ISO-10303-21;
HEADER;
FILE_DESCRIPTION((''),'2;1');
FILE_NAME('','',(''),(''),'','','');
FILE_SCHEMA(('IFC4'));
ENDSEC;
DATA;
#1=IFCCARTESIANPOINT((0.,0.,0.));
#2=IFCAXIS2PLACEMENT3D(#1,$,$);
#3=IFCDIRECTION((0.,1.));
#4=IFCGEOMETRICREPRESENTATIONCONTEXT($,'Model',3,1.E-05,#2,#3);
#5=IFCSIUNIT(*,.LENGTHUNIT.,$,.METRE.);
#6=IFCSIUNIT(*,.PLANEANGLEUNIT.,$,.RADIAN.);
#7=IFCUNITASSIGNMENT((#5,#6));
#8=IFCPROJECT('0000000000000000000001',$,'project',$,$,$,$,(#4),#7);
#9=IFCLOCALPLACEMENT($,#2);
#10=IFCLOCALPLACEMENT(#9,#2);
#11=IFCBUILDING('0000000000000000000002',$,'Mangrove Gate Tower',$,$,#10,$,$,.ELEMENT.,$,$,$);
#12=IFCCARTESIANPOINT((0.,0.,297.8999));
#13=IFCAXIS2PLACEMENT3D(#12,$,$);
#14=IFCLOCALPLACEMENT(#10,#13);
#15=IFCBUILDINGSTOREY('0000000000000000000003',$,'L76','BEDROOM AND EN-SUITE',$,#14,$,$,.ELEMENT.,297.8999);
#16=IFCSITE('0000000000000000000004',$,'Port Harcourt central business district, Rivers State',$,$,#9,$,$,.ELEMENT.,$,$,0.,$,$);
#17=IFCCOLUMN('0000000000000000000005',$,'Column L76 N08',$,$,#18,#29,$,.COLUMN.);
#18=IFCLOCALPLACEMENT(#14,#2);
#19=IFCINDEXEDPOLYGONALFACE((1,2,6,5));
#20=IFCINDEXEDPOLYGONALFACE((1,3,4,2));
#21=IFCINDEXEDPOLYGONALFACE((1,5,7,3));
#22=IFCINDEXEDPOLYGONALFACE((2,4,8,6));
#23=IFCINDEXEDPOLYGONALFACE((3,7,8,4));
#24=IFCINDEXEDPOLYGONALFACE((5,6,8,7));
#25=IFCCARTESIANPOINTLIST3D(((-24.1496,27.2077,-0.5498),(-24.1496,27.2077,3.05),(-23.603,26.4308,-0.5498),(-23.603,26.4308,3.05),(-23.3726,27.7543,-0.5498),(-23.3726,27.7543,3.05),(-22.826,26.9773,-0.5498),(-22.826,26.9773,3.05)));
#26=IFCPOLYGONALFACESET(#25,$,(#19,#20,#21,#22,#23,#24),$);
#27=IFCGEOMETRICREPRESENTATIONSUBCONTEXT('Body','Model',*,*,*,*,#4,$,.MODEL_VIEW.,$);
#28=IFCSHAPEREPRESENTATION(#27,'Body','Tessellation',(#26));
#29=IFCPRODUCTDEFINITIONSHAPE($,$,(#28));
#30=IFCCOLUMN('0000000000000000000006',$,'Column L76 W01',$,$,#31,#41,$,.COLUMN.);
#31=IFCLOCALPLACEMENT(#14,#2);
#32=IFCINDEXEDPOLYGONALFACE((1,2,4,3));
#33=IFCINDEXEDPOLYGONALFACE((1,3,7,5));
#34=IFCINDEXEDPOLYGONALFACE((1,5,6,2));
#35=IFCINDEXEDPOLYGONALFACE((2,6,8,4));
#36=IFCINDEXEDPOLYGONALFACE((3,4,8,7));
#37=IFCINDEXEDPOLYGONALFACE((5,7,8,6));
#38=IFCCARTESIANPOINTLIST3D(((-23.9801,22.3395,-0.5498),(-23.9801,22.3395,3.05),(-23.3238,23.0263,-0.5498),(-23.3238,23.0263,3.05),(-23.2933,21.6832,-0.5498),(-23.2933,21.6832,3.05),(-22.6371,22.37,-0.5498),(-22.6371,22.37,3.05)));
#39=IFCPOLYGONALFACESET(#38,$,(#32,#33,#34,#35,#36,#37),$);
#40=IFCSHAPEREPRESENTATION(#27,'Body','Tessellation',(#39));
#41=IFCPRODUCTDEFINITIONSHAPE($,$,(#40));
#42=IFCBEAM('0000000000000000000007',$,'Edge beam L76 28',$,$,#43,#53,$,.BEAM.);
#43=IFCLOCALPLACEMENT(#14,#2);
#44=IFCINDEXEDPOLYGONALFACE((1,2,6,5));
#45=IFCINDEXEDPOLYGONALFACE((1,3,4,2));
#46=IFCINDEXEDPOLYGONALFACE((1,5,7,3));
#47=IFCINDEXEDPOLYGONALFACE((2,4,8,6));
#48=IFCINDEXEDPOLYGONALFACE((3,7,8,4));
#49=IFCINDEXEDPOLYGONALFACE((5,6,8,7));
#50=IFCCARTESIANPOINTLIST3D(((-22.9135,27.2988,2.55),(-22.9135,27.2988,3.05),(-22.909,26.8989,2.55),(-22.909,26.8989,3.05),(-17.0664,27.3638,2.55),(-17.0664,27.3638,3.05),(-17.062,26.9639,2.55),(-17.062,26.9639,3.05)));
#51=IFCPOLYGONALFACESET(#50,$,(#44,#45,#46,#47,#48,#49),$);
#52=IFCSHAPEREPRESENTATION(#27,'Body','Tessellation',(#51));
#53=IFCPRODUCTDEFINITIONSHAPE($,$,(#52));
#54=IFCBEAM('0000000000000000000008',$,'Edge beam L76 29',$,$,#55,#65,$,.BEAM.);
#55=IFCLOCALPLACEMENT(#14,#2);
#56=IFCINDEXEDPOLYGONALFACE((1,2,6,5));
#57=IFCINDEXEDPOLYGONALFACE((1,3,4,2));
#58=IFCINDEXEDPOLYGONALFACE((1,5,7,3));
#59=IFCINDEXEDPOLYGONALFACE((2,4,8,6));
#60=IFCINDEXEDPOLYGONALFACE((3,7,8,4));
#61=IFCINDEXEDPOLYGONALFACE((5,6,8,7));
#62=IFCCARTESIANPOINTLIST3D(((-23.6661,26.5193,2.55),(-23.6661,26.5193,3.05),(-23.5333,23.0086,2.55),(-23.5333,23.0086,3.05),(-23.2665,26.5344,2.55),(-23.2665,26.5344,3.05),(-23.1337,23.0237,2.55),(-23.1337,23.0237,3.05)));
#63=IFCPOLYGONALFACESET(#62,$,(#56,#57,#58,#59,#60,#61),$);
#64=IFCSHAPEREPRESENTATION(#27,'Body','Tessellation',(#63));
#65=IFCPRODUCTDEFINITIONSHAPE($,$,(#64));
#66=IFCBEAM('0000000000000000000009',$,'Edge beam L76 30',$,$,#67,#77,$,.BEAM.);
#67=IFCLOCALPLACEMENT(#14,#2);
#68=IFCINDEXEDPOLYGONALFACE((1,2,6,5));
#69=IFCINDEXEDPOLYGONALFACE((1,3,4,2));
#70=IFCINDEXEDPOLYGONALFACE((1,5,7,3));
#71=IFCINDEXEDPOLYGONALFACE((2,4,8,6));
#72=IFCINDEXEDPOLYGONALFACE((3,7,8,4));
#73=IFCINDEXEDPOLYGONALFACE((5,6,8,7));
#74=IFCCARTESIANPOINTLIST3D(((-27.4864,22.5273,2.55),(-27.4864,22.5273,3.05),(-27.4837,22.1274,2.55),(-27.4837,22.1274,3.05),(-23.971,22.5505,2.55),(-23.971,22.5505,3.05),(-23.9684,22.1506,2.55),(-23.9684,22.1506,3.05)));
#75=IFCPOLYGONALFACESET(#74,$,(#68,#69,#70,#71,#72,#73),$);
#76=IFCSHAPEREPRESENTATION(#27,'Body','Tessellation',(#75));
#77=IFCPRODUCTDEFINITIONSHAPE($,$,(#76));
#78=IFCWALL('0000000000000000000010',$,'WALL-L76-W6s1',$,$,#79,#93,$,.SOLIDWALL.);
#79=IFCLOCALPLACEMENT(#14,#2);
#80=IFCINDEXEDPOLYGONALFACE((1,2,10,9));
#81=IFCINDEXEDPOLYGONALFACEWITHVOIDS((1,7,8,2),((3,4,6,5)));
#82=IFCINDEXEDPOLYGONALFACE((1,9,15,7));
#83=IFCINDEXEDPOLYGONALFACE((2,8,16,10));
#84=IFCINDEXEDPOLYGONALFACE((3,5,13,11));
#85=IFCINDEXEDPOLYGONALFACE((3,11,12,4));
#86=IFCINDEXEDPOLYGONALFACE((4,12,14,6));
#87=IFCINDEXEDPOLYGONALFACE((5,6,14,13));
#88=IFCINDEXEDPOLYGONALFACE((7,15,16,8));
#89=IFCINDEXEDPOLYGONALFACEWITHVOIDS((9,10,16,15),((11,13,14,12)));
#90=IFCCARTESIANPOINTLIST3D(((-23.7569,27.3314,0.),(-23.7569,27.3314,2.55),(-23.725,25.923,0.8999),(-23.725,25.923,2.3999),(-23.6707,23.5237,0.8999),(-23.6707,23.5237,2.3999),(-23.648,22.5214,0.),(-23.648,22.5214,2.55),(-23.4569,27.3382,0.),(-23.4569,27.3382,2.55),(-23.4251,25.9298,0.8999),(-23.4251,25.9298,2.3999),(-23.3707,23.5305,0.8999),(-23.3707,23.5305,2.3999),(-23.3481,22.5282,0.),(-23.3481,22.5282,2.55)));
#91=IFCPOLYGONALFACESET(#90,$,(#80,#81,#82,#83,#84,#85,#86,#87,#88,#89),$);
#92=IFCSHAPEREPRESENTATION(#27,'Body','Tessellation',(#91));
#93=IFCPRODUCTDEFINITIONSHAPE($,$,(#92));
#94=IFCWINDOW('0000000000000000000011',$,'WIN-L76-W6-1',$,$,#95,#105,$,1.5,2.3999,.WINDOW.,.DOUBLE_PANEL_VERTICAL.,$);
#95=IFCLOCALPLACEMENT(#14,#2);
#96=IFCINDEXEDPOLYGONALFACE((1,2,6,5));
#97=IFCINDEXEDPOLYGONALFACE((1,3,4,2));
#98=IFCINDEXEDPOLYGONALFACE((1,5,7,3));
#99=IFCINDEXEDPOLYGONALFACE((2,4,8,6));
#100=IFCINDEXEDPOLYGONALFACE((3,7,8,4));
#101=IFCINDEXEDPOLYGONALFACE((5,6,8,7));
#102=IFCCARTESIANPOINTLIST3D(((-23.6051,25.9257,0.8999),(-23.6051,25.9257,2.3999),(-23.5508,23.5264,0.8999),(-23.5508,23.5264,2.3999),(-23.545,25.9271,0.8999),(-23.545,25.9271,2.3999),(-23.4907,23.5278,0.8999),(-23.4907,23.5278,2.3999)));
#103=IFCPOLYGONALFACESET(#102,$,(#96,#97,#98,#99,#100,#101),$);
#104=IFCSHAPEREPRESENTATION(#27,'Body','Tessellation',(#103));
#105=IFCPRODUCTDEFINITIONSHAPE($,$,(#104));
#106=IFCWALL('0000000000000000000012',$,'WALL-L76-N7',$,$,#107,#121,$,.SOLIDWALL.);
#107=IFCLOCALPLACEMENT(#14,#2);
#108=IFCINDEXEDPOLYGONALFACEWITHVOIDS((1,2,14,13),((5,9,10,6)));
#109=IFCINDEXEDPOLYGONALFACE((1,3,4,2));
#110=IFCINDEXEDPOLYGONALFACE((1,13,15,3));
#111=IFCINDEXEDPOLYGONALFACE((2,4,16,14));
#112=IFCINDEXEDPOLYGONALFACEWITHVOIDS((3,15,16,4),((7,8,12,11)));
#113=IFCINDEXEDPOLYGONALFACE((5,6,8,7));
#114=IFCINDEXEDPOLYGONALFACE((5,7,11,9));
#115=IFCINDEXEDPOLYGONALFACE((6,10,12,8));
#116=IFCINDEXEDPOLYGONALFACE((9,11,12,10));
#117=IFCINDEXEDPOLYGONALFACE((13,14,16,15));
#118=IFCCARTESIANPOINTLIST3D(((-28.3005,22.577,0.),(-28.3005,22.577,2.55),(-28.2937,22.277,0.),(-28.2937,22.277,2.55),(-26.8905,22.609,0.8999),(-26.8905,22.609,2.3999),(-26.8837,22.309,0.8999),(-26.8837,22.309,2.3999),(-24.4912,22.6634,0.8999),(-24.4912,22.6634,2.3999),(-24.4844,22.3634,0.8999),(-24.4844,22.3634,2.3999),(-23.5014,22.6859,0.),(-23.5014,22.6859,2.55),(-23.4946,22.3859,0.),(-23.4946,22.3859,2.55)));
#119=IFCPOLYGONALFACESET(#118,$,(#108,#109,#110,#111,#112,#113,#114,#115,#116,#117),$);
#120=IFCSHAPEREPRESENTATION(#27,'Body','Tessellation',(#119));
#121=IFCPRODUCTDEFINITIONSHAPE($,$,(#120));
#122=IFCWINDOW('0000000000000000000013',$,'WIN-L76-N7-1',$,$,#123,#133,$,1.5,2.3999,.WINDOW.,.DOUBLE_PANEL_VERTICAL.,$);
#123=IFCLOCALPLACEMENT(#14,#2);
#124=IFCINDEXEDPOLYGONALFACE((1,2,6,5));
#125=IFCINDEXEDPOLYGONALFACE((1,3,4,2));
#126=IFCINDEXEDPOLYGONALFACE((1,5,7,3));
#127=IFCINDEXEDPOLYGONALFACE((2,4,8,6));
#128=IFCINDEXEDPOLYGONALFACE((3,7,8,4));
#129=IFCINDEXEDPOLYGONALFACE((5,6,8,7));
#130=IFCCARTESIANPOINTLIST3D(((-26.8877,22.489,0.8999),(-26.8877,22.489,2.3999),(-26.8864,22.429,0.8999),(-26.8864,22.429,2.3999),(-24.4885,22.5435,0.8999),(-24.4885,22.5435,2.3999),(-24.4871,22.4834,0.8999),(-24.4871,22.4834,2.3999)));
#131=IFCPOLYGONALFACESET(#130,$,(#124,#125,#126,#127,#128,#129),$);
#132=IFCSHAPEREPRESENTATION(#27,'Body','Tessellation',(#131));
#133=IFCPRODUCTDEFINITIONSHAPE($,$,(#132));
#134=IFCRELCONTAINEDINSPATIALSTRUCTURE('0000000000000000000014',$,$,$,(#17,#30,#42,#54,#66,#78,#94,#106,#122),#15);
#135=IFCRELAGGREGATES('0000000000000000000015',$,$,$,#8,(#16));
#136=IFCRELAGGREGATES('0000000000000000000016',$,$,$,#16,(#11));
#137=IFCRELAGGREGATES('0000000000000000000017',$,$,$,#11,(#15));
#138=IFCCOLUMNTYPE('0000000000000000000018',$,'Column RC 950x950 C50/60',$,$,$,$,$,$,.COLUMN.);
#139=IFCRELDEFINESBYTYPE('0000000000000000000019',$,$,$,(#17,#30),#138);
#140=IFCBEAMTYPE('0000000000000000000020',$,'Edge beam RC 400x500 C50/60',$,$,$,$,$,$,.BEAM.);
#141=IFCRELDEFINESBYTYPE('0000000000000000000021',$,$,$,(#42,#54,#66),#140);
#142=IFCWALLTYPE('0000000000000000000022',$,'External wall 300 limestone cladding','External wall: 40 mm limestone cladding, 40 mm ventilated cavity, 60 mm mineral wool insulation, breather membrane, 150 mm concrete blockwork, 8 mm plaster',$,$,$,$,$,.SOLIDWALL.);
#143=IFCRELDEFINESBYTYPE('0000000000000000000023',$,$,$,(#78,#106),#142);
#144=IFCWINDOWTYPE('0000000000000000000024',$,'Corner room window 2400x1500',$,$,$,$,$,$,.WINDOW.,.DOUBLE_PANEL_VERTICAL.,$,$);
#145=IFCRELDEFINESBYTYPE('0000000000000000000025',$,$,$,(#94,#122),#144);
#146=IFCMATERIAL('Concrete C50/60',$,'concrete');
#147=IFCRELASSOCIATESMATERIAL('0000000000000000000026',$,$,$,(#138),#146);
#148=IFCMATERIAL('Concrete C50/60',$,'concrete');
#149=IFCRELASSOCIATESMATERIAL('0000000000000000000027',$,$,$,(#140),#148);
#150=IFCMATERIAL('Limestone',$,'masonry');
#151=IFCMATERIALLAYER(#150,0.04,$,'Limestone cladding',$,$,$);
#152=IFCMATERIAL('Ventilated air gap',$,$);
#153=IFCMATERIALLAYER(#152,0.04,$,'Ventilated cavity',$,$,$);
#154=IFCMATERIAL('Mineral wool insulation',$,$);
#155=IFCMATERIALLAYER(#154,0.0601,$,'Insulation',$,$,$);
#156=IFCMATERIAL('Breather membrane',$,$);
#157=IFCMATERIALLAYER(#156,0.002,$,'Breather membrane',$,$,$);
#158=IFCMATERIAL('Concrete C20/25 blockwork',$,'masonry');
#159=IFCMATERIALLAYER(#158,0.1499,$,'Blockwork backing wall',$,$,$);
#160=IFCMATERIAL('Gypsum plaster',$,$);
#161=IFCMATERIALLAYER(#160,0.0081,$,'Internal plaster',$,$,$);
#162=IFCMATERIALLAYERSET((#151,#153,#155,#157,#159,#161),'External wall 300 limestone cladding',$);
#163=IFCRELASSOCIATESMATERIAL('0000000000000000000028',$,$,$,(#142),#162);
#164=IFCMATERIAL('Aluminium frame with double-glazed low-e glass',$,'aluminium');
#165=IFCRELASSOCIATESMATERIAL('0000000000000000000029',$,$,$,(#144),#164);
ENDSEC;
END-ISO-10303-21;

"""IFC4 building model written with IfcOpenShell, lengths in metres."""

from ifc_helpers import new_model, si_unit, direction, frame, frame_2d, origin, origin_2d, place, context, subcontext, project, spatial, rectangle, extrude, material, layer, layer_set, material_profile, profile_set, type_object, element, fill, save


model = new_model("IFC4")

# Units and contexts
model_context = context("Model", 3, precision=1e-05, world=origin(), true_north=direction((0.0, 1.0)))
body_context = subcontext(model_context, "Body", "Model", "MODEL_VIEW")
ifc_project = project(units=[si_unit("LENGTHUNIT", "METRE"), si_unit("PLANEANGLEUNIT", "RADIAN")], contexts=[model_context])

# Site, building, storey
site_placement = place(None, origin())
site = spatial("IfcSite", under=ifc_project, at=site_placement, Name="Port Harcourt central business district, Rivers State", CompositionType="ELEMENT", RefElevation=0.0)
building_placement = place(site_placement, origin())
building = spatial("IfcBuilding", under=site, at=building_placement, Name="Mangrove Gate Tower", CompositionType="ELEMENT")
storey_placement = place(building_placement, frame((0.0, 0.0, 297.8999)))
storey = spatial("IfcBuildingStorey", under=building, at=storey_placement, Name="L76", Description="BEDROOM AND EN-SUITE", CompositionType="ELEMENT", Elevation=297.8999)

# Columns
ifc_material_1 = material(Name="Concrete C50/60", Category="concrete")
ifc_material_profile_1 = material_profile(ifc_material_1, rectangle(XDim=0.95, YDim=0.95, at=origin_2d()))
ifc_profile_set_1 = profile_set([ifc_material_profile_1], Name="Concrete C50/60")
column_type = type_object("IfcColumnType", Name="Column RC 950x950 C50/60", PredefinedType="COLUMN", material=ifc_profile_set_1)
for number, where, z_axis, x_axis, name in (
    (1, (-23.4878, 27.0925, -0.5498), (0.0, 0.0, 1.0), (-0.817889, -0.575376, 0.0), "Column L76 N08"),
    (2, (-23.3086, 22.3547, -0.5498), (0.0, 0.0, 1.0), (-0.690865, -0.722984, 0.0), "Column L76 W01"),
):
    element("IfcColumn", number, at=place(storey_placement, frame(where, z_axis=z_axis, x_axis=x_axis)), inside=storey, type_object=column_type, Name=name, PredefinedType="COLUMN", context=body_context, shape_type="SweptSolid", body=[
        extrude(rectangle(XDim=0.95, YDim=0.95, at=origin_2d()), origin(), (0.0, 0.0, 1.0), 3.5999),
    ])

# Beams
ifc_material_2 = material(Name="Concrete C50/60", Category="concrete")
ifc_material_profile_2 = material_profile(ifc_material_2, rectangle(XDim=0.3999, YDim=0.5, at=origin_2d()))
ifc_profile_set_2 = profile_set([ifc_material_profile_2], Name="Concrete C50/60")
beam_type = type_object("IfcBeamType", Name="Edge beam RC 400x500 C50/60", PredefinedType="BEAM", material=ifc_profile_set_2)
beam_1_placement = place(storey_placement, frame((-17.0642, 27.1638, 2.8), z_axis=(-0.999938, -0.011106, 0.0), x_axis=(0.011106, -0.999938, 0.0)))
element("IfcBeam", 3, at=beam_1_placement, inside=storey, type_object=beam_type, Name="Edge beam L76 28", PredefinedType="BEAM", context=body_context, shape_type="SweptSolid", body=[
    extrude(rectangle(XDim=0.3999, YDim=0.5, at=origin_2d()), origin(), (0.0, 0.0, 1.0), 5.8474),
])
beam_2_placement = place(storey_placement, frame((-23.4663, 26.5269, 2.8), z_axis=(0.037803, -0.999285, 0.0), x_axis=(0.999285, 0.037803, 0.0)))
element("IfcBeam", 4, at=beam_2_placement, inside=storey, type_object=beam_type, Name="Edge beam L76 29", PredefinedType="BEAM", context=body_context, shape_type="SweptSolid", body=[
    extrude(rectangle(XDim=0.3999, YDim=0.5, at=origin_2d()), origin(), (0.0, 0.0, 1.0), 3.5132),
])
beam_3_placement = place(storey_placement, frame((-23.9697, 22.3506, 2.8), z_axis=(-0.999978, -0.006598, 0.0), x_axis=(0.006598, -0.999978, 0.0)))
element("IfcBeam", 5, at=beam_3_placement, inside=storey, type_object=beam_type, Name="Edge beam L76 30", PredefinedType="BEAM", context=body_context, shape_type="SweptSolid", body=[
    extrude(rectangle(XDim=0.3999, YDim=0.5, at=origin_2d()), origin(), (0.0, 0.0, 1.0), 3.5154),
])

# Walls, openings, windows
ifc_material_3 = material(Name="Limestone", Category="masonry")
ifc_layer_1 = layer(ifc_material_3, 0.04, Name="Limestone cladding")
ifc_material_4 = material(Name="Ventilated air gap")
ifc_layer_2 = layer(ifc_material_4, 0.04, Name="Ventilated cavity")
ifc_material_5 = material(Name="Mineral wool insulation")
ifc_layer_3 = layer(ifc_material_5, 0.0601, Name="Insulation")
ifc_material_6 = material(Name="Breather membrane")
ifc_layer_4 = layer(ifc_material_6, 0.002, Name="Breather membrane")
ifc_material_7 = material(Name="Concrete C20/25 blockwork", Category="masonry")
ifc_layer_5 = layer(ifc_material_7, 0.1499, Name="Blockwork backing wall")
ifc_material_8 = material(Name="Gypsum plaster")
ifc_layer_6 = layer(ifc_material_8, 0.0081, Name="Internal plaster")
ifc_layer_set = layer_set([ifc_layer_1, ifc_layer_2, ifc_layer_3, ifc_layer_4, ifc_layer_5, ifc_layer_6], Name="External wall 300 limestone cladding")
wall_type = type_object("IfcWallType", Name="External wall 300 limestone cladding", Description="External wall: 40 mm limestone cladding, 40 mm ventilated cavity, 60 mm mineral wool insulation, breather membrane, 150 mm concrete blockwork, 8 mm plaster", PredefinedType="SOLIDWALL", material=ifc_layer_set)
wall_1_placement = place(storey_placement, frame((-23.6069, 27.335, 0.0), z_axis=(0.0, 0.0, 1.0), x_axis=(0.022631, -0.999744, 0.0)))
wall_1 = element("IfcWall", 6, at=wall_1_placement, inside=storey, type_object=wall_type, Name="WALL-L76-W6s1", PredefinedType="SOLIDWALL", context=body_context, shape_type="SweptSolid", body=[
    extrude(rectangle(XDim=4.8113, YDim=0.3, at=frame_2d((2.4058, 0.0))), origin(), (0.0, 0.0, 1.0), 2.55),
])
opening_1_placement = place(wall_1_placement, frame((1.4089, 0.0, 0.8999)))
opening_1 = element("IfcOpeningElement", 7, at=opening_1_placement, cuts=wall_1, PredefinedType="OPENING", context=body_context, shape_type="SweptSolid", body=[
    extrude(rectangle(XDim=2.3999, YDim=1.5, at=frame_2d((1.2, 0.75))), frame((0.0, 0.1599, 0.0), z_axis=(0.0, -1.0, 0.0), x_axis=(1.0, 0.0, 0.0)), (0.0, 0.0, 1.0), 0.3201),
])
ifc_material_9 = material(Name="Aluminium frame with double-glazed low-e glass", Category="aluminium")
window_type = type_object("IfcWindowType", Name="Corner room window 2400x1500", PartitioningType="DOUBLE_PANEL_VERTICAL", PredefinedType="WINDOW", material=ifc_material_9)
window_1_placement = place(opening_1_placement, origin())
window_1 = element("IfcWindow", 8, at=window_1_placement, inside=storey, type_object=window_type, Name="WIN-L76-W6-1", OverallHeight=1.5, OverallWidth=2.3999, PartitioningType="DOUBLE_PANEL_VERTICAL", PredefinedType="WINDOW", context=body_context, shape_type="SweptSolid", body=[
    extrude(rectangle(XDim=2.3999, YDim=1.5, at=frame_2d((1.2, 0.75))), frame((0.0, 0.03, 0.0), z_axis=(0.0, -1.0, 0.0), x_axis=(1.0, 0.0, 0.0)), (0.0, 0.0, 1.0), 0.0601),
])
fill(opening_1, window_1)
wall_2_placement = place(storey_placement, frame((-23.498, 22.5359, 0.0), z_axis=(0.0, 0.0, 1.0), x_axis=(-0.999743, -0.022683, 0.0)))
wall_2 = element("IfcWall", 9, at=wall_2_placement, inside=storey, type_object=wall_type, Name="WALL-L76-N7", PredefinedType="SOLIDWALL", context=body_context, shape_type="SweptSolid", body=[
    extrude(rectangle(XDim=4.8003, YDim=0.3, at=frame_2d((2.4001, 0.0))), origin(), (0.0, 0.0, 1.0), 2.55),
])
opening_2_placement = place(wall_2_placement, frame((0.99, 0.0, 0.8999)))
opening_2 = element("IfcOpeningElement", 10, at=opening_2_placement, cuts=wall_2, PredefinedType="OPENING", context=body_context, shape_type="SweptSolid", body=[
    extrude(rectangle(XDim=2.3999, YDim=1.5, at=frame_2d((1.2, 0.75))), frame((0.0, 0.1599, 0.0), z_axis=(0.0, -1.0, 0.0), x_axis=(1.0, 0.0, 0.0)), (0.0, 0.0, 1.0), 0.3201),
])
window_2_placement = place(opening_2_placement, origin())
window_2 = element("IfcWindow", 11, at=window_2_placement, inside=storey, type_object=window_type, Name="WIN-L76-N7-1", OverallHeight=1.5, OverallWidth=2.3999, PartitioningType="DOUBLE_PANEL_VERTICAL", PredefinedType="WINDOW", context=body_context, shape_type="SweptSolid", body=[
    extrude(rectangle(XDim=2.3999, YDim=1.5, at=frame_2d((1.2, 0.75))), frame((0.0, 0.03, 0.0), z_axis=(0.0, -1.0, 0.0), x_axis=(1.0, 0.0, 0.0)), (0.0, 0.0, 1.0), 0.0601),
])
fill(opening_2, window_2)

save(model, "model.ifc")
